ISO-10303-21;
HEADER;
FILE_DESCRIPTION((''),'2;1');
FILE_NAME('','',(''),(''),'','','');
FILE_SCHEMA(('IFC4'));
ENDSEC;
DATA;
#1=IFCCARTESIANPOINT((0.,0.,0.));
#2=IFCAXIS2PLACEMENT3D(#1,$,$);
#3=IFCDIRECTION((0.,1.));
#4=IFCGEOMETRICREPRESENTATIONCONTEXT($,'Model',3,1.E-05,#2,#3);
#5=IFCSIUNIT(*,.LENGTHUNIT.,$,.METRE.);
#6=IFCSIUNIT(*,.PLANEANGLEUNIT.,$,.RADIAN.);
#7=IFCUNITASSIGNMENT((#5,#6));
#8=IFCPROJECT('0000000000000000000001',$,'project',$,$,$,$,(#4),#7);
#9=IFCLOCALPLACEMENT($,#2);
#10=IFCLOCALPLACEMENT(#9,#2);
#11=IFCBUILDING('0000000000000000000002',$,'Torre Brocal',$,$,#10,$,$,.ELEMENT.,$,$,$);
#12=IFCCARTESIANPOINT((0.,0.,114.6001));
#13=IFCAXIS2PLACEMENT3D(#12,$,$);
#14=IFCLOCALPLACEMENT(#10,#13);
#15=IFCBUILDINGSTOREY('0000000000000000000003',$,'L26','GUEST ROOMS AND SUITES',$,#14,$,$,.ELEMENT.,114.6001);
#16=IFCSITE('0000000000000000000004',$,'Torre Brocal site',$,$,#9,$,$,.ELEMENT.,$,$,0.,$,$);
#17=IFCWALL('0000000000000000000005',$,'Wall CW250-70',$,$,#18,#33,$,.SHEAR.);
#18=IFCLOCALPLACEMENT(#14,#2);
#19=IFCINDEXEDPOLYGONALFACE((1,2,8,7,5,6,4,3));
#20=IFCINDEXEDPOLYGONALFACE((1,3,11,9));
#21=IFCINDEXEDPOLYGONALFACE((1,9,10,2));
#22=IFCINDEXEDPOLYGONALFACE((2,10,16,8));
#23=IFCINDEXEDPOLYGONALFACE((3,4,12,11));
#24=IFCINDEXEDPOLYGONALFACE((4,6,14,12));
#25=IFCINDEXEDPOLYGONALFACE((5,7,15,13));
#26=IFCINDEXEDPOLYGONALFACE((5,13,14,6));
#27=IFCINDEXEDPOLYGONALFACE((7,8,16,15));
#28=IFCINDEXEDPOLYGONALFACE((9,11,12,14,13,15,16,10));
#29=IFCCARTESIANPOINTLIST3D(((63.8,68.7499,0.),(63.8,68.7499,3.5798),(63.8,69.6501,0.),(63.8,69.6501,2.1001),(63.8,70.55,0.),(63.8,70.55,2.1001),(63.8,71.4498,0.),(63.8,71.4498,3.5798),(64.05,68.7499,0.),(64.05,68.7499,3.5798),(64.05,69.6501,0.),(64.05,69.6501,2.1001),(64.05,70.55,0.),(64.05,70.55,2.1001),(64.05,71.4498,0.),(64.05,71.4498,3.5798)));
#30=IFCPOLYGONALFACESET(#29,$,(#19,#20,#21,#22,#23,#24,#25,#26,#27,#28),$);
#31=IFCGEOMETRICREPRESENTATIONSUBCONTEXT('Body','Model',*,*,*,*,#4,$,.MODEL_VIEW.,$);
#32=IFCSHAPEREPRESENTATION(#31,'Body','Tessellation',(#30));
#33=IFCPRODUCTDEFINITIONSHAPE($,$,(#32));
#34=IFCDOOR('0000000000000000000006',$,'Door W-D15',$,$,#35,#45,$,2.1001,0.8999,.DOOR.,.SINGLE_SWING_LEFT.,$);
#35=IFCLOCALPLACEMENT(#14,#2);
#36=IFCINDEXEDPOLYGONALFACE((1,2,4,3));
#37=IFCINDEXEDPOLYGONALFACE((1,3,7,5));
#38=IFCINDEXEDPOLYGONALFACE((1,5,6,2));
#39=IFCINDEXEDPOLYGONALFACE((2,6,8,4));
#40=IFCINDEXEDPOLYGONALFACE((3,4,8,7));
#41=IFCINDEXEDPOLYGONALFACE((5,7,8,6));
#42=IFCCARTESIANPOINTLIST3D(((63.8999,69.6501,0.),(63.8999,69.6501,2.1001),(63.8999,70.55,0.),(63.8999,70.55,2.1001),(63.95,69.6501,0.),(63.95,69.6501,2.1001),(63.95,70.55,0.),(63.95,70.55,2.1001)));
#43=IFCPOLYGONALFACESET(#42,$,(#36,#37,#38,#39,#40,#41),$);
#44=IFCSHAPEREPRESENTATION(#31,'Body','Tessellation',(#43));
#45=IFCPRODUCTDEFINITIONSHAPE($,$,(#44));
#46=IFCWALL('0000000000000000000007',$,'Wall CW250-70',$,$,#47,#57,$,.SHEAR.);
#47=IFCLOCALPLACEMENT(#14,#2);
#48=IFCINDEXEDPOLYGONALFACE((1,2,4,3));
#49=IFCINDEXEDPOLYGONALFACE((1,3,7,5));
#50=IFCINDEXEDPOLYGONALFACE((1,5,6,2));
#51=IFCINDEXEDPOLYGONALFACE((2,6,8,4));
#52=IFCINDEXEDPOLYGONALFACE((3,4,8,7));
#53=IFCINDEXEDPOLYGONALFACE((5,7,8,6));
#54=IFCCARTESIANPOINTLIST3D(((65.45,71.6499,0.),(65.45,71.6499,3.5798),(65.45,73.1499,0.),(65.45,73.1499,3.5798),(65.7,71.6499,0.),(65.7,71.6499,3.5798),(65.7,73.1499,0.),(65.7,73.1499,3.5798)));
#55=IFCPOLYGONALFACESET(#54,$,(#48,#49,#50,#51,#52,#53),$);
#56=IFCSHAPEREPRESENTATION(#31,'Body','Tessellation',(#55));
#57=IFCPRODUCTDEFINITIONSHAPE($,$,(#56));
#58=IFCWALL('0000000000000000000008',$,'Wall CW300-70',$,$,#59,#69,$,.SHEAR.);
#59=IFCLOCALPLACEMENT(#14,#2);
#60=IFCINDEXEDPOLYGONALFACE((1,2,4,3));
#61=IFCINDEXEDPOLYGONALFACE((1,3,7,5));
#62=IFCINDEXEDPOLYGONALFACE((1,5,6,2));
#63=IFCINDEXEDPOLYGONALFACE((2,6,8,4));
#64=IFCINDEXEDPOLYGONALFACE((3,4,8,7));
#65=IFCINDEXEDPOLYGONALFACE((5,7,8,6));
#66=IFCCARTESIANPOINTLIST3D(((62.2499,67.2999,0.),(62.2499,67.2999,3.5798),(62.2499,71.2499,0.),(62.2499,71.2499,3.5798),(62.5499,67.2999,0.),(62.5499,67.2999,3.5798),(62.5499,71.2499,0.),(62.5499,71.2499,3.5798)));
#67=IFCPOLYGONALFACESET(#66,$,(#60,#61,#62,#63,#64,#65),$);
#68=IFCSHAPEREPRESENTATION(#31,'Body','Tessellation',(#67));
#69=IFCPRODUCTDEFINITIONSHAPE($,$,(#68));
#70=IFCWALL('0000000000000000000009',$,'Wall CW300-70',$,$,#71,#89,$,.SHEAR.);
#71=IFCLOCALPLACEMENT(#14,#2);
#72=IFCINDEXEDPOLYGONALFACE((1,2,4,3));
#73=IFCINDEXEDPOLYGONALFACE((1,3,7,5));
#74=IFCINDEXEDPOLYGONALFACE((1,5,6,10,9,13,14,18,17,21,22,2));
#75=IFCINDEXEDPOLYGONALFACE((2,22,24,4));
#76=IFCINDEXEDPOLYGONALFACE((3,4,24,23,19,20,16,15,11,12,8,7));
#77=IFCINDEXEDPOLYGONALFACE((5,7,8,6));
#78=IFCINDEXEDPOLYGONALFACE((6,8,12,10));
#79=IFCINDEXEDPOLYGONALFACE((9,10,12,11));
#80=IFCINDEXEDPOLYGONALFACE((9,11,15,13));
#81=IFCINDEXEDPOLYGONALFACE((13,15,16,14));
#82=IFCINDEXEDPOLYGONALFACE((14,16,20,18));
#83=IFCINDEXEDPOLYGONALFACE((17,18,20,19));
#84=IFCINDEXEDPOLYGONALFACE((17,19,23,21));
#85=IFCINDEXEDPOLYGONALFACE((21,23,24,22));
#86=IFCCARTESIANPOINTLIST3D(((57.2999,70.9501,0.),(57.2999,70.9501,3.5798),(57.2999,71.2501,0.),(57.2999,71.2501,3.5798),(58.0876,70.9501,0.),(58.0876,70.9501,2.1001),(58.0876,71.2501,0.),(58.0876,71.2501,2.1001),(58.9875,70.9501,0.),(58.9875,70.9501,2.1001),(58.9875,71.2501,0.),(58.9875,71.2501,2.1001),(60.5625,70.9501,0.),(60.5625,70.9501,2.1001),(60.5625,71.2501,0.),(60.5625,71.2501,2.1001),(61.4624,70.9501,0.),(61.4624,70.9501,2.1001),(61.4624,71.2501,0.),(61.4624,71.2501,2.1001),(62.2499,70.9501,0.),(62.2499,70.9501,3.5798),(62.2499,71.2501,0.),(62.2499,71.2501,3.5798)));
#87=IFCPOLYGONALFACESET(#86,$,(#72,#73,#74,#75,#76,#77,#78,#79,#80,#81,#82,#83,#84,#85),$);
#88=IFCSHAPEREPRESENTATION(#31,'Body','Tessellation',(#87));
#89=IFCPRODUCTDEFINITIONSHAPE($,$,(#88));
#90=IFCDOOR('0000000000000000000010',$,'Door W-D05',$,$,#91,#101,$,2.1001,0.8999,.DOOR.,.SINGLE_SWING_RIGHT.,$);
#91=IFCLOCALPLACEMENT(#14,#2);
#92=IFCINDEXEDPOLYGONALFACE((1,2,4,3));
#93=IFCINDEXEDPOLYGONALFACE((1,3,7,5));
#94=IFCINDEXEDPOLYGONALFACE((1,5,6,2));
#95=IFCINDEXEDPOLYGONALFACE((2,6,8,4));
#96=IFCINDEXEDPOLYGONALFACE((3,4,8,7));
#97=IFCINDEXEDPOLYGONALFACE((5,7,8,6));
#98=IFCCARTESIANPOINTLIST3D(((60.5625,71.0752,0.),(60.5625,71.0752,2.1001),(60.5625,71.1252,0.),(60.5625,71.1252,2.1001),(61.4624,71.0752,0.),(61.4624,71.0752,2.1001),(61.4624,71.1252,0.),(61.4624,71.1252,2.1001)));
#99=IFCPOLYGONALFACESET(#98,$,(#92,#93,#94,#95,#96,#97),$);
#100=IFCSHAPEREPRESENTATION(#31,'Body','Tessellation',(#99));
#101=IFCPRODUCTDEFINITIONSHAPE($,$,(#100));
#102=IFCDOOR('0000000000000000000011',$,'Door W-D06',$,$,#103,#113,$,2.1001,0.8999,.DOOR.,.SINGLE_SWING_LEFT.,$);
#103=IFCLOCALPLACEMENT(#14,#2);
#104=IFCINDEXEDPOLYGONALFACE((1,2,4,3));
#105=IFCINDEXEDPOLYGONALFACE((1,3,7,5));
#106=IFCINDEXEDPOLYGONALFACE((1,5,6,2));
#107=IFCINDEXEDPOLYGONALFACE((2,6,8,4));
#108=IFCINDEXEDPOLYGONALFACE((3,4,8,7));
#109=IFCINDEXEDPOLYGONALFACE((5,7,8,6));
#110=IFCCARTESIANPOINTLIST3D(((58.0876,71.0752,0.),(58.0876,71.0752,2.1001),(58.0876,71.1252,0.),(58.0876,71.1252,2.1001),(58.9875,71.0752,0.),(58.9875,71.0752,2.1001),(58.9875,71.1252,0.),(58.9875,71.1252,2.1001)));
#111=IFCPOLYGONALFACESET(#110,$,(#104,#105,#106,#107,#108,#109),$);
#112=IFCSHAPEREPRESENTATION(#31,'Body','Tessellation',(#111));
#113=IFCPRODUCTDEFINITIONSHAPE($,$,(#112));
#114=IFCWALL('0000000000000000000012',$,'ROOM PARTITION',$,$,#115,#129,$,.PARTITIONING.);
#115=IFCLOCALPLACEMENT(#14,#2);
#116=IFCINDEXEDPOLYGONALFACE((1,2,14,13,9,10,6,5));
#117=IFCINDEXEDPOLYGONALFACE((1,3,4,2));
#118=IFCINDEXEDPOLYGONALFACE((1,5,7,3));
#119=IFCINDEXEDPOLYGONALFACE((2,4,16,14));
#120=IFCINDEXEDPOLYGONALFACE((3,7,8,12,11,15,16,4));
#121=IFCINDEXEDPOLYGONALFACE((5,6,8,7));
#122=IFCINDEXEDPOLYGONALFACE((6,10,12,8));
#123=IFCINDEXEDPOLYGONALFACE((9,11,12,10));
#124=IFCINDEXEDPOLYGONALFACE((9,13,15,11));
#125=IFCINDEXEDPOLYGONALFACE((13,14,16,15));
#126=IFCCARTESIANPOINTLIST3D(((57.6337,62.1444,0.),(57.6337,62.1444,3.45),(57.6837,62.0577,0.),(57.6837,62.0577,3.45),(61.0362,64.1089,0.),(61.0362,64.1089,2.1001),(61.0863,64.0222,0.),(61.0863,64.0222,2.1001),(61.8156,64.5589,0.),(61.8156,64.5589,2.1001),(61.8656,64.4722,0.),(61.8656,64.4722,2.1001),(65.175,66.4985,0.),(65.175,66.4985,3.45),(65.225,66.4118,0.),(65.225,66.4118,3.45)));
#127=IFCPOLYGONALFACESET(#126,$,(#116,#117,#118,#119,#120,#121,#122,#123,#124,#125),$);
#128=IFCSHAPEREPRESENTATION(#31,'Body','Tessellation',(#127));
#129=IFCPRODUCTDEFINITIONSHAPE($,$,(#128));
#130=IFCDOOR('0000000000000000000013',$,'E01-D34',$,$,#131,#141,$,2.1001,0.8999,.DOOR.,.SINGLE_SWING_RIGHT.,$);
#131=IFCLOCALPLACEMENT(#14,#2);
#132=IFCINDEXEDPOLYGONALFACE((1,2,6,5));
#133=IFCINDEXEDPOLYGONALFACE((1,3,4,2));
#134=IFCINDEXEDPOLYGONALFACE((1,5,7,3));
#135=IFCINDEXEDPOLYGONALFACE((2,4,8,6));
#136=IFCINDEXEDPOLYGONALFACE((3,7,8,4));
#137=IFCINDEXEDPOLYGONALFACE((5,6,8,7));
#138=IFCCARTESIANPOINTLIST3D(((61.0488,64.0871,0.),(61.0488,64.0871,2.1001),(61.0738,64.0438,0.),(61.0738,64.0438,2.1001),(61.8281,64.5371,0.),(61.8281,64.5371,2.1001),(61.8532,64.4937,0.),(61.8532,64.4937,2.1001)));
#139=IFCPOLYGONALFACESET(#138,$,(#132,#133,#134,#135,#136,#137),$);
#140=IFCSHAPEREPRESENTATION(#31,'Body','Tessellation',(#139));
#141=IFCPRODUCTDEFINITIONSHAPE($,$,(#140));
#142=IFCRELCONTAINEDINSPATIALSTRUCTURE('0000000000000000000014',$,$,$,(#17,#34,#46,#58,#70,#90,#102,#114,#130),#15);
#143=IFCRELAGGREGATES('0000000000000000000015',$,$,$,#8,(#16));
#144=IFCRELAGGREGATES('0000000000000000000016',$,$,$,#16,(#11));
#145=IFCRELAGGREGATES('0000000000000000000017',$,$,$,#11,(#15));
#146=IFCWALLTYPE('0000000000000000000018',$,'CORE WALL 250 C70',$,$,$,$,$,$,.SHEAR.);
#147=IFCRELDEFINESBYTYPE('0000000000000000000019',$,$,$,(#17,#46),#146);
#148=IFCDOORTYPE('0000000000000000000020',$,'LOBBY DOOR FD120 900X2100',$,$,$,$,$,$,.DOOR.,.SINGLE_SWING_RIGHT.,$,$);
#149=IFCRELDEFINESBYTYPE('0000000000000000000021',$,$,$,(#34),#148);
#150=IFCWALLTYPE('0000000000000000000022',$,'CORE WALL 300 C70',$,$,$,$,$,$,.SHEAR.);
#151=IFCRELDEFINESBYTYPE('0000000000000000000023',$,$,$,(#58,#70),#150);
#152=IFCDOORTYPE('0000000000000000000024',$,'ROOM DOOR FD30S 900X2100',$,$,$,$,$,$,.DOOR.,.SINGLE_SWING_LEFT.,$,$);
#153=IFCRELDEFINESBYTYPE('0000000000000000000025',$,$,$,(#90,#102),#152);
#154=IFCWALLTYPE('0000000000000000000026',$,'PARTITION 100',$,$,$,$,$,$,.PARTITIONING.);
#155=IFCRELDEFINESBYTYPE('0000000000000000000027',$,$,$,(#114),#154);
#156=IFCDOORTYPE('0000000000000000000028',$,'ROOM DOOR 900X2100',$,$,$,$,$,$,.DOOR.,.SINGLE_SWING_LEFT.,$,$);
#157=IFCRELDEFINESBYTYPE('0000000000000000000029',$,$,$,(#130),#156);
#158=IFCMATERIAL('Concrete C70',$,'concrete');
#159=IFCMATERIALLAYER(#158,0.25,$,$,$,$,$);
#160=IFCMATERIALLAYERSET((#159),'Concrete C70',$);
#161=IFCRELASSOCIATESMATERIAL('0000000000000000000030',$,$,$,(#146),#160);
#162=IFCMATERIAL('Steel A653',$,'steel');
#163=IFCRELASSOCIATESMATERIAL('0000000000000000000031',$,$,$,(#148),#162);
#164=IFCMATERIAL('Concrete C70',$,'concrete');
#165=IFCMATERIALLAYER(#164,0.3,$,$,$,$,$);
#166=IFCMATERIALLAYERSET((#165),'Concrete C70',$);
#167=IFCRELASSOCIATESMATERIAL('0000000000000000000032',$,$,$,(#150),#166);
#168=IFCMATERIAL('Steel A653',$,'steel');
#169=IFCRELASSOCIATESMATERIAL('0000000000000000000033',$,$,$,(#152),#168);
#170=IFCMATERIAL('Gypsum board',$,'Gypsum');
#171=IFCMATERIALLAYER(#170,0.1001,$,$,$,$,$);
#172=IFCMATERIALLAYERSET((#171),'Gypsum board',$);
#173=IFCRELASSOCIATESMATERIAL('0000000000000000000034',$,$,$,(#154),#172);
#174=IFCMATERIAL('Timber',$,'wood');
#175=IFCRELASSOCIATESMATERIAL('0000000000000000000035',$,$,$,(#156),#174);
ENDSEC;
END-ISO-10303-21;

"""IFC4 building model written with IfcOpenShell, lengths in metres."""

from ifc_helpers import new_model, si_unit, direction, frame, frame_2d, origin, place, context, subcontext, project, spatial, rectangle, extrude, material, layer, layer_set, type_object, element, fill, save


model = new_model("IFC4")

# Units and contexts
model_context = context("Model", 3, precision=1e-05, world=origin(), true_north=direction((0.0, 1.0)))
body_context = subcontext(model_context, "Body", "Model", "MODEL_VIEW")
ifc_project = project(units=[si_unit("LENGTHUNIT", "METRE"), si_unit("PLANEANGLEUNIT", "RADIAN")], contexts=[model_context])

# Site, building, storey
site_placement = place(None, origin())
site = spatial("IfcSite", under=ifc_project, at=site_placement, Name="Torre Brocal site", CompositionType="ELEMENT", RefElevation=0.0)
building_placement = place(site_placement, origin())
building = spatial("IfcBuilding", under=site, at=building_placement, Name="Torre Brocal", CompositionType="ELEMENT")
storey_placement = place(building_placement, frame((0.0, 0.0, 114.6001)))
storey = spatial("IfcBuildingStorey", under=building, at=storey_placement, Name="L26", Description="GUEST ROOMS AND SUITES", CompositionType="ELEMENT", Elevation=114.6001)

# Wall, opening, door
ifc_material_1 = material(Name="Concrete C70", Category="concrete")
ifc_layer_1 = layer(ifc_material_1, 0.25)
ifc_layer_set_1 = layer_set([ifc_layer_1], Name="Concrete C70")
wall_type_1 = type_object("IfcWallType", Name="CORE WALL 250 C70", PredefinedType="SHEAR", material=ifc_layer_set_1)
wall_1_placement = place(storey_placement, frame((63.925, 71.45, 0.0), z_axis=(0.0, 0.0, 1.0), x_axis=(0.0, -1.0, 0.0)))
wall_1 = element("IfcWall", 1, at=wall_1_placement, inside=storey, type_object=wall_type_1, Name="Wall CW250-70", PredefinedType="SHEAR", context=body_context, shape_type="SweptSolid", body=[
    extrude(rectangle(XDim=2.7, YDim=0.25, at=frame_2d((1.3501, 0.0))), origin(), (0.0, 0.0, 1.0), 3.5798),
])
opening_1_placement = place(wall_1_placement, frame((0.8999, 0.0, 0.0)))
opening_1 = element("IfcOpeningElement", 2, at=opening_1_placement, cuts=wall_1, PredefinedType="OPENING", context=body_context, shape_type="SweptSolid", body=[
    extrude(rectangle(XDim=0.8999, YDim=2.1001, at=frame_2d((0.45, 1.05))), frame((0.0, 0.135, 0.0), z_axis=(0.0, -1.0, 0.0), x_axis=(1.0, 0.0, 0.0)), (0.0, 0.0, 1.0), 0.27),
])
ifc_material_2 = material(Name="Steel A653", Category="steel")
door_type_1 = type_object("IfcDoorType", Name="LOBBY DOOR FD120 900X2100", OperationType="SINGLE_SWING_RIGHT", PredefinedType="DOOR", material=ifc_material_2)
door_1_placement = place(opening_1_placement, origin())
door_1 = element("IfcDoor", 3, at=door_1_placement, inside=storey, type_object=door_type_1, Name="Door W-D15", OperationType="SINGLE_SWING_LEFT", OverallHeight=2.1001, OverallWidth=0.8999, PredefinedType="DOOR", context=body_context, shape_type="SweptSolid", body=[
    extrude(rectangle(XDim=0.8999, YDim=2.1001, at=frame_2d((0.45, 1.05))), frame((0.0, 0.0249, 0.0), z_axis=(0.0, -1.0, 0.0), x_axis=(1.0, 0.0, 0.0)), (0.0, 0.0, 1.0), 0.05),
])
fill(opening_1, door_1)

# Walls
wall_2_placement = place(storey_placement, frame((65.575, 73.1499, 0.0), z_axis=(0.0, 0.0, 1.0), x_axis=(0.0, -1.0, 0.0)))
element("IfcWall", 4, at=wall_2_placement, inside=storey, type_object=wall_type_1, Name="Wall CW250-70", PredefinedType="SHEAR", context=body_context, shape_type="SweptSolid", body=[
    extrude(rectangle(XDim=1.5, YDim=0.25, at=frame_2d((0.75, 0.0))), origin(), (0.0, 0.0, 1.0), 3.5798),
])
ifc_material_3 = material(Name="Concrete C70", Category="concrete")
ifc_layer_2 = layer(ifc_material_3, 0.3)
ifc_layer_set_2 = layer_set([ifc_layer_2], Name="Concrete C70")
wall_type_2 = type_object("IfcWallType", Name="CORE WALL 300 C70", PredefinedType="SHEAR", material=ifc_layer_set_2)
wall_3_placement = place(storey_placement, frame((62.3999, 71.25, 0.0), z_axis=(0.0, 0.0, 1.0), x_axis=(0.0, -1.0, 0.0)))
element("IfcWall", 5, at=wall_3_placement, inside=storey, type_object=wall_type_2, Name="Wall CW300-70", PredefinedType="SHEAR", context=body_context, shape_type="SweptSolid", body=[
    extrude(rectangle(XDim=3.95, YDim=0.3, at=frame_2d((1.9751, 0.0))), origin(), (0.0, 0.0, 1.0), 3.5798),
])

# Wall, openings, doors
wall_4_placement = place(storey_placement, frame((62.25, 71.1001, 0.0), z_axis=(0.0, 0.0, 1.0), x_axis=(-1.0, 0.0, 0.0)))
wall_4 = element("IfcWall", 6, at=wall_4_placement, inside=storey, type_object=wall_type_2, Name="Wall CW300-70", PredefinedType="SHEAR", context=body_context, shape_type="SweptSolid", body=[
    extrude(rectangle(XDim=4.95, YDim=0.3, at=frame_2d((2.4751, 0.0))), origin(), (0.0, 0.0, 1.0), 3.5798),
])
opening_2_placement = place(wall_4_placement, frame((0.7876, 0.0, 0.0)))
opening_2 = element("IfcOpeningElement", 7, at=opening_2_placement, cuts=wall_4, PredefinedType="OPENING", context=body_context, shape_type="SweptSolid", body=[
    extrude(rectangle(XDim=0.8999, YDim=2.1001, at=frame_2d((0.45, 1.05))), frame((0.0, 0.1599, 0.0), z_axis=(0.0, -1.0, 0.0), x_axis=(1.0, 0.0, 0.0)), (0.0, 0.0, 1.0), 0.3201),
])
opening_3_placement = place(wall_4_placement, frame((3.2625, 0.0, 0.0)))
opening_3 = element("IfcOpeningElement", 8, at=opening_3_placement, cuts=wall_4, PredefinedType="OPENING", context=body_context, shape_type="SweptSolid", body=[
    extrude(rectangle(XDim=0.8999, YDim=2.1001, at=frame_2d((0.45, 1.05))), frame((0.0, 0.1599, 0.0), z_axis=(0.0, -1.0, 0.0), x_axis=(1.0, 0.0, 0.0)), (0.0, 0.0, 1.0), 0.3201),
])
ifc_material_4 = material(Name="Steel A653", Category="steel")
door_type_2 = type_object("IfcDoorType", Name="ROOM DOOR FD30S 900X2100", OperationType="SINGLE_SWING_LEFT", PredefinedType="DOOR", material=ifc_material_4)
door_2_placement = place(opening_2_placement, origin())
door_2 = element("IfcDoor", 9, at=door_2_placement, inside=storey, type_object=door_type_2, Name="Door W-D05", OperationType="SINGLE_SWING_RIGHT", OverallHeight=2.1001, OverallWidth=0.8999, PredefinedType="DOOR", context=body_context, shape_type="SweptSolid", body=[
    extrude(rectangle(XDim=0.8999, YDim=2.1001, at=frame_2d((0.45, 1.05))), frame((0.0, 0.0249, 0.0), z_axis=(0.0, -1.0, 0.0), x_axis=(1.0, 0.0, 0.0)), (0.0, 0.0, 1.0), 0.05),
])
fill(opening_2, door_2)
door_3_placement = place(opening_3_placement, origin())
door_3 = element("IfcDoor", 10, at=door_3_placement, inside=storey, type_object=door_type_2, Name="Door W-D06", OperationType="SINGLE_SWING_LEFT", OverallHeight=2.1001, OverallWidth=0.8999, PredefinedType="DOOR", context=body_context, shape_type="SweptSolid", body=[
    extrude(rectangle(XDim=0.8999, YDim=2.1001, at=frame_2d((0.45, 1.05))), frame((0.0, 0.0249, 0.0), z_axis=(0.0, -1.0, 0.0), x_axis=(1.0, 0.0, 0.0)), (0.0, 0.0, 1.0), 0.05),
])
fill(opening_3, door_3)

# Wall, opening, door
ifc_material_5 = material(Name="Gypsum board", Category="Gypsum")
ifc_layer_3 = layer(ifc_material_5, 0.1001)
ifc_layer_set_3 = layer_set([ifc_layer_3], Name="Gypsum board")
wall_type_3 = type_object("IfcWallType", Name="PARTITION 100", PredefinedType="PARTITIONING", material=ifc_layer_set_3)
wall_5_placement = place(storey_placement, frame((57.6587, 62.1011, 0.0), z_axis=(0.0, 0.0, 1.0), x_axis=(0.866023, 0.500005, 0.0)))
wall_5 = element("IfcWall", 11, at=wall_5_placement, inside=storey, type_object=wall_type_3, Name="ROOM PARTITION", PredefinedType="PARTITIONING", context=body_context, shape_type="SweptSolid", body=[
    extrude(rectangle(XDim=8.708, YDim=0.1001, at=frame_2d((4.354, 0.0))), origin(), (0.0, 0.0, 1.0), 3.45),
])
opening_4_placement = place(wall_5_placement, frame((3.929, 0.0, 0.0)))
opening_4 = element("IfcOpeningElement", 12, at=opening_4_placement, cuts=wall_5, PredefinedType="OPENING", context=body_context, shape_type="SweptSolid", body=[
    extrude(rectangle(XDim=0.8999, YDim=2.1001, at=frame_2d((0.45, 1.05))), frame((0.0, 0.0601, 0.0), z_axis=(0.0, -1.0, 0.0), x_axis=(1.0, 0.0, 0.0)), (0.0, 0.0, 1.0), 0.1201),
])
ifc_material_6 = material(Name="Timber", Category="wood")
door_type_3 = type_object("IfcDoorType", Name="ROOM DOOR 900X2100", OperationType="SINGLE_SWING_LEFT", PredefinedType="DOOR", material=ifc_material_6)
door_4_placement = place(opening_4_placement, origin())
door_4 = element("IfcDoor", 13, at=door_4_placement, inside=storey, type_object=door_type_3, Name="E01-D34", OperationType="SINGLE_SWING_RIGHT", OverallHeight=2.1001, OverallWidth=0.8999, PredefinedType="DOOR", context=body_context, shape_type="SweptSolid", body=[
    extrude(rectangle(XDim=0.8999, YDim=2.1001, at=frame_2d((0.45, 1.05))), frame((0.0, 0.0249, 0.0), z_axis=(0.0, -1.0, 0.0), x_axis=(1.0, 0.0, 0.0)), (0.0, 0.0, 1.0), 0.05),
])
fill(opening_4, door_4)

save(model, "model.ifc")
